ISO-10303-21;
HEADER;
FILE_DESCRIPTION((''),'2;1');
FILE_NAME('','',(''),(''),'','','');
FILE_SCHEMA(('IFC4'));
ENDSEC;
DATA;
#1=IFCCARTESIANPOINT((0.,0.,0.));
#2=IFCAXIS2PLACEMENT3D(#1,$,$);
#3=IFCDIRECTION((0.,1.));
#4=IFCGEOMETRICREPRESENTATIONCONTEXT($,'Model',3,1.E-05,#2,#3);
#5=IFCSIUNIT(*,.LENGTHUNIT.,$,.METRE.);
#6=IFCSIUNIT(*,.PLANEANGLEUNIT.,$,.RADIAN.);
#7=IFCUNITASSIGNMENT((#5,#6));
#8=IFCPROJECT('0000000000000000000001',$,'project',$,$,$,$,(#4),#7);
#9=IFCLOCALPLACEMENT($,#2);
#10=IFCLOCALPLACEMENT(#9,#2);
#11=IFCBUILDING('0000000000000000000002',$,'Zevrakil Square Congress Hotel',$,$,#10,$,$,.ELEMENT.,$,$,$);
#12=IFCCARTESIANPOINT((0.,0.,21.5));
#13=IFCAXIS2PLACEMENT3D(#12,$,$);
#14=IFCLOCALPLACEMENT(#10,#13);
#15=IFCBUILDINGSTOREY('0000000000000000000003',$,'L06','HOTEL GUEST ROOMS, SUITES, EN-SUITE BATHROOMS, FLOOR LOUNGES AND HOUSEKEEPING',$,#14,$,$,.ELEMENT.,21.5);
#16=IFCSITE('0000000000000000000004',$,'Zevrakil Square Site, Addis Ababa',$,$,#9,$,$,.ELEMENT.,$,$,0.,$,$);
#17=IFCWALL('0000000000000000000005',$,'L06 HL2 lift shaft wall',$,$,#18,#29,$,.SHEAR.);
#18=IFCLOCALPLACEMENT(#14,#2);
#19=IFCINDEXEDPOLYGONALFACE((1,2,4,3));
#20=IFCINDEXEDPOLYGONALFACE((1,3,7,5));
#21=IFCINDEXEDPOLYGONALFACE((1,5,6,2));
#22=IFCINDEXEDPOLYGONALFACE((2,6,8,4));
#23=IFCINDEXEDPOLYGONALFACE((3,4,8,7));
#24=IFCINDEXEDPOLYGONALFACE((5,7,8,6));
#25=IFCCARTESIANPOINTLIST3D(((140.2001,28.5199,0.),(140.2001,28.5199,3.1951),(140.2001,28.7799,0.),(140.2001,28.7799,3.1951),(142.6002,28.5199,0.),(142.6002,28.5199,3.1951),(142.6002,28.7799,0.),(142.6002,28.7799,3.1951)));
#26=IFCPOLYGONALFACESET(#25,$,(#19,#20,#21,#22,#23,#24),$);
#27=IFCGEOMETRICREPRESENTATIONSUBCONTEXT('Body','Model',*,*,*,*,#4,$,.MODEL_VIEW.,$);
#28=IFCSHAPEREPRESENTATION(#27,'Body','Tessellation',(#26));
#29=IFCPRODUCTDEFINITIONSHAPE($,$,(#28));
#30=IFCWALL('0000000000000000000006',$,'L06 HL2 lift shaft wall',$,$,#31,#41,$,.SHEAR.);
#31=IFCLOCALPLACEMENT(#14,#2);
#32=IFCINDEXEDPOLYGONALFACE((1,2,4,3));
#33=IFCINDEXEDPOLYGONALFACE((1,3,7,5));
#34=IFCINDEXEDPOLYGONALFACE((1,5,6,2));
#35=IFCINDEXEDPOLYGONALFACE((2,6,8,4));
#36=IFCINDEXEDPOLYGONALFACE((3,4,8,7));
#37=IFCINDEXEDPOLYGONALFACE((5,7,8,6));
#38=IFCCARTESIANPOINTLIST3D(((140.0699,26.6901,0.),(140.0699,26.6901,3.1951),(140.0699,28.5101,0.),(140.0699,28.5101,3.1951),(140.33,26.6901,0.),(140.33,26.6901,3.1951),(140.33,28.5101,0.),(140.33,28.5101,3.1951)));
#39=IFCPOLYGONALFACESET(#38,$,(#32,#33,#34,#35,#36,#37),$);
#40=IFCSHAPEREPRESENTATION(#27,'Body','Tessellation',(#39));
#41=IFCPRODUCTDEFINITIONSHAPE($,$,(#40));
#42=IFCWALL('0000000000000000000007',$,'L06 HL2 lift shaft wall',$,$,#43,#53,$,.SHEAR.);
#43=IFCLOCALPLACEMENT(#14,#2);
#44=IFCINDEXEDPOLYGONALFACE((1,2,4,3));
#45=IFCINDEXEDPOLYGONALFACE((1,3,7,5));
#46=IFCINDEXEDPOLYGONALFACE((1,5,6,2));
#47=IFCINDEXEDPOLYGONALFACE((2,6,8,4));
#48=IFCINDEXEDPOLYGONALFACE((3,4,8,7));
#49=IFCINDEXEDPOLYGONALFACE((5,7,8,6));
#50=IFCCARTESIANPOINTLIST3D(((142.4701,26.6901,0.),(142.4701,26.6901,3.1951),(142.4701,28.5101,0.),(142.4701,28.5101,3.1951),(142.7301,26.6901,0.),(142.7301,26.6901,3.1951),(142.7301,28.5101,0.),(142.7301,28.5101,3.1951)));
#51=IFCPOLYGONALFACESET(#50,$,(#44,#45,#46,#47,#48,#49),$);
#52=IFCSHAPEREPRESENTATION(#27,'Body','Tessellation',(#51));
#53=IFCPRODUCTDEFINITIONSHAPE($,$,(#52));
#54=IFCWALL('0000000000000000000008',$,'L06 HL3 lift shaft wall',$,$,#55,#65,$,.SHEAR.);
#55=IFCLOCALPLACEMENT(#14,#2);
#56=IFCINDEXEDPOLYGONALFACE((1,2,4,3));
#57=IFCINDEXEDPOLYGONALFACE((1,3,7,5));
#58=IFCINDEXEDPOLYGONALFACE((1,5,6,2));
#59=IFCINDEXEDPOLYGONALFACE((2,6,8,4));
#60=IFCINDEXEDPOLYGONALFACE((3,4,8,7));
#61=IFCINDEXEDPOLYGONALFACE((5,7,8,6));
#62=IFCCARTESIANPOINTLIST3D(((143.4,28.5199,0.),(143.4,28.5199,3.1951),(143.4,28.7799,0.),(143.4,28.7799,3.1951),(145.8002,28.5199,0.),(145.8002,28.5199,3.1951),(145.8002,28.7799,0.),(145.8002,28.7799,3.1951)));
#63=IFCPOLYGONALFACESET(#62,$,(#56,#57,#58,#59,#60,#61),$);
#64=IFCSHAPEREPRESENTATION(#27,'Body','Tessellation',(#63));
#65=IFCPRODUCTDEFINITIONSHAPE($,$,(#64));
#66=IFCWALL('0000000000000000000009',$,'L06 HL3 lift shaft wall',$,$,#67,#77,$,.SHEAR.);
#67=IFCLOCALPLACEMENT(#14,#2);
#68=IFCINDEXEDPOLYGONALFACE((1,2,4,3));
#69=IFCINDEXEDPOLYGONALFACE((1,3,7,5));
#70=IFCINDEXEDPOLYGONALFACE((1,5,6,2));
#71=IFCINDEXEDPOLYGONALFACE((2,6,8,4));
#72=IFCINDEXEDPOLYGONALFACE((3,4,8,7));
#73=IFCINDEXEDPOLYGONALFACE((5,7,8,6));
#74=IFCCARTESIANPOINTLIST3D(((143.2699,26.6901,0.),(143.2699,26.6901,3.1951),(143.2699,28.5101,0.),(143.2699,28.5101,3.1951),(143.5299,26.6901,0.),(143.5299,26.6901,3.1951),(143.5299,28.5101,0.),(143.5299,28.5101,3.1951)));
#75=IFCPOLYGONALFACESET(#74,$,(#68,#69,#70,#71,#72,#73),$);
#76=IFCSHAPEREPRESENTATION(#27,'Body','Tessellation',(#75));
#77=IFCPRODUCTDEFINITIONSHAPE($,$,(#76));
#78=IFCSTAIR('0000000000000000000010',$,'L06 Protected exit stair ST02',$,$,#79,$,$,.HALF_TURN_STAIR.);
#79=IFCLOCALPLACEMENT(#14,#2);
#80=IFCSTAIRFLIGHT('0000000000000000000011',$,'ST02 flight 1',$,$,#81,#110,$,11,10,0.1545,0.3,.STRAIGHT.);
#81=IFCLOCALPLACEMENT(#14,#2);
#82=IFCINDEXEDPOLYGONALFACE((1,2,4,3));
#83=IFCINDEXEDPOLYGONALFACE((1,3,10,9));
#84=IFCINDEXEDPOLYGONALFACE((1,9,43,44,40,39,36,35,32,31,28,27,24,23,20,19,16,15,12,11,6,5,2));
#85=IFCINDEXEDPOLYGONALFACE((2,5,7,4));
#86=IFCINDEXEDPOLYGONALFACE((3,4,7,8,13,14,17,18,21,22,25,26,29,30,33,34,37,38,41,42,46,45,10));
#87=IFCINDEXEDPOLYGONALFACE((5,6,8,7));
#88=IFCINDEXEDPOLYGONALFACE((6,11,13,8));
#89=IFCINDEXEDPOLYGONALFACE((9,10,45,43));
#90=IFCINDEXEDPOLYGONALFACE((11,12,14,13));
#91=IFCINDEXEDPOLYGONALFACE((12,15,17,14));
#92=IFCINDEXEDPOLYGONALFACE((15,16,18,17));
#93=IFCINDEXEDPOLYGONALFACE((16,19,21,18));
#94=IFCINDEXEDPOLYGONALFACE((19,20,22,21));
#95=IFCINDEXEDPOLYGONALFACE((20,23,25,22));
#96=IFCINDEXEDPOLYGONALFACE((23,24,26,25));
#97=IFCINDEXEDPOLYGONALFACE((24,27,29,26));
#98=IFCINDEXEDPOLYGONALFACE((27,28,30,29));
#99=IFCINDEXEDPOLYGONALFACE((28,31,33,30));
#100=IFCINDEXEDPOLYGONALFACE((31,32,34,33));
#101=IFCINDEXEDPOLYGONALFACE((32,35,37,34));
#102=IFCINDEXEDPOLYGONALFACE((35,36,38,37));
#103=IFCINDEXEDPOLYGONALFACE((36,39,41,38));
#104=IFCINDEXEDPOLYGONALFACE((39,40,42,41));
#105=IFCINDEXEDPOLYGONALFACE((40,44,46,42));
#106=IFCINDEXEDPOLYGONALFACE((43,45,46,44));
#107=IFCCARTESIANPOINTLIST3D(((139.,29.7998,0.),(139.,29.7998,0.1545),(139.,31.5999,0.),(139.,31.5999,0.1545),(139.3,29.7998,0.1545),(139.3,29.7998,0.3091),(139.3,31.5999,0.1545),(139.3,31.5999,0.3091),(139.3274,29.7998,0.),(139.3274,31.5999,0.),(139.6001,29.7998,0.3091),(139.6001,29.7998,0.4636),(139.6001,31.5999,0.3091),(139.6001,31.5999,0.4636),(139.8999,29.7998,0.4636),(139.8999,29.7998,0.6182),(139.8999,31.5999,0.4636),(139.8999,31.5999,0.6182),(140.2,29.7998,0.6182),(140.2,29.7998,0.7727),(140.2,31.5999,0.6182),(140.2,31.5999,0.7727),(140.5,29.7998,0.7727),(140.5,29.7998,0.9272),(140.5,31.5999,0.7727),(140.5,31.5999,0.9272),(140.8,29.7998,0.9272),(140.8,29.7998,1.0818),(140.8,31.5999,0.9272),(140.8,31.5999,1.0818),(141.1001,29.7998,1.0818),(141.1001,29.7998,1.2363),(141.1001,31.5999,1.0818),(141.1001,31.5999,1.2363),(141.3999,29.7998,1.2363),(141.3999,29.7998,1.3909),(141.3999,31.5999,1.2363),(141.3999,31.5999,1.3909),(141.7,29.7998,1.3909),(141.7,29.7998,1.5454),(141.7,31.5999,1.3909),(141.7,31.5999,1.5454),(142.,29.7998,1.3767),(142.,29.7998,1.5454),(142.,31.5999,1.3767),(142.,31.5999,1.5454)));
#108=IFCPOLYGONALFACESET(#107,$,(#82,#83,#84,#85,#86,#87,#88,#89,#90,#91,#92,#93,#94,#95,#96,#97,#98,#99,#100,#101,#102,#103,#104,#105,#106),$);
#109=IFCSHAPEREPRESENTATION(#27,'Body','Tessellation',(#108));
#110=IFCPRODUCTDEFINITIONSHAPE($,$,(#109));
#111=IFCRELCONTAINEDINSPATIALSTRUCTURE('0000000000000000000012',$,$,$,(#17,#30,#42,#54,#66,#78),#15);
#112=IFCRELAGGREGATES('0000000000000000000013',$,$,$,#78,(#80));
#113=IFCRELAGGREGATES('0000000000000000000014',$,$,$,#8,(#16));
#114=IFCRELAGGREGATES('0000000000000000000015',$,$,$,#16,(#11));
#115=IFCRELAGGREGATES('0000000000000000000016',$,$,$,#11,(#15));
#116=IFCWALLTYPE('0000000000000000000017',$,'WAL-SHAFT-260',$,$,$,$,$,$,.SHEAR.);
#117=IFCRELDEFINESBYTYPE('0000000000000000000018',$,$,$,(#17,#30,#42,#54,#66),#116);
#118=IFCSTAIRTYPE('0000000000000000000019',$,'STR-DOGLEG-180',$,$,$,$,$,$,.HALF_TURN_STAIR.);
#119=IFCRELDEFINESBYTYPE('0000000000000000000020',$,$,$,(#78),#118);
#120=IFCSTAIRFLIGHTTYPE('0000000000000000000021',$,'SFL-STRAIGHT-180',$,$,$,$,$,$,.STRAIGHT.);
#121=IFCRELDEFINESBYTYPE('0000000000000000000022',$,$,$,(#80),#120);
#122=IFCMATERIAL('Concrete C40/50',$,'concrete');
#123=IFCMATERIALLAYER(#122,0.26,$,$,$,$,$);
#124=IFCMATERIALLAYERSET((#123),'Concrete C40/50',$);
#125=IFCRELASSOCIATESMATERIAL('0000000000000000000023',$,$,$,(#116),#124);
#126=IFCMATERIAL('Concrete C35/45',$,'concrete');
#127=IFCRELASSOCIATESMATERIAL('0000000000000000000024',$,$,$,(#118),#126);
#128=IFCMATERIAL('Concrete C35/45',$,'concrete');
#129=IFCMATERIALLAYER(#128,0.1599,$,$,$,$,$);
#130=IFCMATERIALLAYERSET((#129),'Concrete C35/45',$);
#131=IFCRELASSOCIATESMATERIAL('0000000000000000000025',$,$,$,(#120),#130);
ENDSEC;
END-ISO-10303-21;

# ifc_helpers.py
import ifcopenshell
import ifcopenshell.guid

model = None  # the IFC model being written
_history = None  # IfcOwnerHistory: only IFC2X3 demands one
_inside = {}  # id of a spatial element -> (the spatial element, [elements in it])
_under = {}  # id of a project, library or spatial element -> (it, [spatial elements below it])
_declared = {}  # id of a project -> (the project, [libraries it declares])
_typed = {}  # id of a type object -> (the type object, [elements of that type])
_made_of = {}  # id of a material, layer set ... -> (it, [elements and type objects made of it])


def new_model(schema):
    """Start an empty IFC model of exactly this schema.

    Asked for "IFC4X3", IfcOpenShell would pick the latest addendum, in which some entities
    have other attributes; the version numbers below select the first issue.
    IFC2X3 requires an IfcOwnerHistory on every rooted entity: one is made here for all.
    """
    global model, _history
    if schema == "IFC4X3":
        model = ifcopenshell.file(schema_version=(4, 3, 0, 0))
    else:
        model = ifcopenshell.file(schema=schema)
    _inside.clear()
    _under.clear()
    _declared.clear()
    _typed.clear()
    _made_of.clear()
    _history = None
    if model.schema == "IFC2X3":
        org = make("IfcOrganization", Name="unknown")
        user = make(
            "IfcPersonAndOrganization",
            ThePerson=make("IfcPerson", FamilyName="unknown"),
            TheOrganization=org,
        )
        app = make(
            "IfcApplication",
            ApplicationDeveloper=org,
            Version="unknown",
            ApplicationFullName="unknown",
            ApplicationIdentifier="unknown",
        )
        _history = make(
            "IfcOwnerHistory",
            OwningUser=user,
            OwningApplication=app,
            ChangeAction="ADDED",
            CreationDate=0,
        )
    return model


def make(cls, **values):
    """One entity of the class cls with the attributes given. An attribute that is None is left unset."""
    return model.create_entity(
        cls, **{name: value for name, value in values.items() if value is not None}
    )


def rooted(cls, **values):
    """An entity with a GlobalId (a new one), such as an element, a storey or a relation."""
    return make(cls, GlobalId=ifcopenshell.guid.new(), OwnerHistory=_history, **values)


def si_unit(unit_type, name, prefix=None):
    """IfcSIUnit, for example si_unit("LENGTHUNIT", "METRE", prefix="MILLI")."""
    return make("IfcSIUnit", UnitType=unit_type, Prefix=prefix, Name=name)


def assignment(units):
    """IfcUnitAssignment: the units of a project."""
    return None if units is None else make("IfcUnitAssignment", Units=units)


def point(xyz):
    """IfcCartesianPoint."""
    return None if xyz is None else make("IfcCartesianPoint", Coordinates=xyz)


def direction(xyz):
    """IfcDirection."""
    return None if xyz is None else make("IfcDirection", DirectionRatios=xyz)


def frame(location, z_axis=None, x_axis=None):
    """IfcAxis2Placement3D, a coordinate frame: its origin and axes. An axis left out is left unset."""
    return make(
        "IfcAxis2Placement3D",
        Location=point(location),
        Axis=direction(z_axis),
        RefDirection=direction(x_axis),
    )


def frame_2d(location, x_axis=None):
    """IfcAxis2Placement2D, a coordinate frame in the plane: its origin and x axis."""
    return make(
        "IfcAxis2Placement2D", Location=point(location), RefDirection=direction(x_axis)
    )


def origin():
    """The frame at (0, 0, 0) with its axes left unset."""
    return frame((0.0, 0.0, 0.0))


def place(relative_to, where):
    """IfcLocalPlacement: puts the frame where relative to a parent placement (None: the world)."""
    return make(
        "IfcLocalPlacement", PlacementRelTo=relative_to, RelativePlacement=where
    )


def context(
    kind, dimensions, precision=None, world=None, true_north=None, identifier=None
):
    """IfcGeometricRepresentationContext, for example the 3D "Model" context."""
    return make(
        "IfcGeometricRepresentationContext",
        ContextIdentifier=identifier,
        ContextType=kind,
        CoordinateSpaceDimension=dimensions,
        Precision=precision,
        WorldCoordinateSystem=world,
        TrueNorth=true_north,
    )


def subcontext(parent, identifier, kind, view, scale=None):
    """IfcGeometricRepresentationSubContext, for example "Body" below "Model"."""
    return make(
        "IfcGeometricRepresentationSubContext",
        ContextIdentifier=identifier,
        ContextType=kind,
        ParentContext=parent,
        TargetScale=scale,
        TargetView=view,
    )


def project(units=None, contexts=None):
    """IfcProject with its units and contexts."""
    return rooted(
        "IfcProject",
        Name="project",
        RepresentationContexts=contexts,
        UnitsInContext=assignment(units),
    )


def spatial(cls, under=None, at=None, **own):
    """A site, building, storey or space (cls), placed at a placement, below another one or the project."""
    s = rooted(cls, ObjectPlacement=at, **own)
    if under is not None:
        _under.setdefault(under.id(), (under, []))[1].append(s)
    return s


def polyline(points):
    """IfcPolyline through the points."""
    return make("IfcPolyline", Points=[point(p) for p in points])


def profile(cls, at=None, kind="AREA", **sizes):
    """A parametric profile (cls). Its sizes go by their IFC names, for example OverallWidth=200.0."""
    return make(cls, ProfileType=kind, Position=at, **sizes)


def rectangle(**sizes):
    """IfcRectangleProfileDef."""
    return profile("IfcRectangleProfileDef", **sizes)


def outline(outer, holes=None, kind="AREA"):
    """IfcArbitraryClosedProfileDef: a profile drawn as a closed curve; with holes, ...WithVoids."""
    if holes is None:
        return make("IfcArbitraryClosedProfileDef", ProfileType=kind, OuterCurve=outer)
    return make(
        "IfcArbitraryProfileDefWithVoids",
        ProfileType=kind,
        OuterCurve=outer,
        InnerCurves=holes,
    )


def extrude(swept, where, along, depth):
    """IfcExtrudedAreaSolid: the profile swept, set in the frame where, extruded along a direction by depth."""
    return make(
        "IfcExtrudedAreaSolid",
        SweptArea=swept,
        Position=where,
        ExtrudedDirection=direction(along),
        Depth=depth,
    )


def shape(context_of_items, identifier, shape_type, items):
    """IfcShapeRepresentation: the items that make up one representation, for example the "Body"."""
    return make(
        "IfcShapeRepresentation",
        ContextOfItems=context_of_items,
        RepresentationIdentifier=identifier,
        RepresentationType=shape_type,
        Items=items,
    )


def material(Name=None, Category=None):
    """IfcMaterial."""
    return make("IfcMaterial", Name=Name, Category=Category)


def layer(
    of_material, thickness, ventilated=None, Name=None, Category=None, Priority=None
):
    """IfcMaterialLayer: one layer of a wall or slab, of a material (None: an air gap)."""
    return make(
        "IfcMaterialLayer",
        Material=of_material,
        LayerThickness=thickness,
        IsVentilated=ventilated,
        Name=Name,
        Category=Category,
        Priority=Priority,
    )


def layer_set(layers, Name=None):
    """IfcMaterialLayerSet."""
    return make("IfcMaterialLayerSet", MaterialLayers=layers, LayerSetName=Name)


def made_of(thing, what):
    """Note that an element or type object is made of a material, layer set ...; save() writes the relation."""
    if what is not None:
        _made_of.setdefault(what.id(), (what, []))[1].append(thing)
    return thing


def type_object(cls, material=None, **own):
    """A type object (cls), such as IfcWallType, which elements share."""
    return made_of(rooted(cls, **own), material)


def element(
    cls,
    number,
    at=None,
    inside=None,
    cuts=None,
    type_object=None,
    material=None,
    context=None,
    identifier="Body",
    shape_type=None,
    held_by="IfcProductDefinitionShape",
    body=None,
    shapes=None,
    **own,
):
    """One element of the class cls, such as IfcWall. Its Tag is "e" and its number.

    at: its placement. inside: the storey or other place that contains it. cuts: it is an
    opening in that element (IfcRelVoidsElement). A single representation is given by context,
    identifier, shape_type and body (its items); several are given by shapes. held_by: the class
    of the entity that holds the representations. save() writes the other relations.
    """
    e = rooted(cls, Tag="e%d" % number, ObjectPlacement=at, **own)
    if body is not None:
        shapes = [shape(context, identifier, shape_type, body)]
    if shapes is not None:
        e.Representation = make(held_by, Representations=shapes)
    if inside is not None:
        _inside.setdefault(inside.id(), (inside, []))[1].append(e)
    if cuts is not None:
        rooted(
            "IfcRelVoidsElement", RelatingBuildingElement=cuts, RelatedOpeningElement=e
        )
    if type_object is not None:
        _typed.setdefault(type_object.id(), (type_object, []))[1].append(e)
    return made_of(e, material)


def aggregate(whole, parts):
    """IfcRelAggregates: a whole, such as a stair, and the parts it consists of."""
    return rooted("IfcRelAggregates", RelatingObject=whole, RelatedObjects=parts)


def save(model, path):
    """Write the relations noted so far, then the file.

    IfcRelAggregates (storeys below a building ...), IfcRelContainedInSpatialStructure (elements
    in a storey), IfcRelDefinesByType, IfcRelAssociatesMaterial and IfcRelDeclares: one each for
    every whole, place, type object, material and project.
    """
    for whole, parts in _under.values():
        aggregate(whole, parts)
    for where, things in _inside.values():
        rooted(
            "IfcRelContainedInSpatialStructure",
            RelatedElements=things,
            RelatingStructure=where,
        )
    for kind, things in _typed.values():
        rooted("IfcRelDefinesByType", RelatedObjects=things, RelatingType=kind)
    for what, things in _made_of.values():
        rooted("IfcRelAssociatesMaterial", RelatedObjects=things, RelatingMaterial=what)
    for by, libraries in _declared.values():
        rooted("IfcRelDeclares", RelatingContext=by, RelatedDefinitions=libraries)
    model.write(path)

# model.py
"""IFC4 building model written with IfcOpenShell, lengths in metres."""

from ifc_helpers import new_model, si_unit, direction, frame, frame_2d, origin, place, context, subcontext, project, spatial, polyline, rectangle, outline, extrude, material, layer, layer_set, type_object, element, aggregate, save


model = new_model("IFC4")

# Units and contexts
model_context = context("Model", 3, precision=1e-05, world=origin(), true_north=direction((0.0, 1.0)))
body_context = subcontext(model_context, "Body", "Model", "MODEL_VIEW")
ifc_project = project(units=[si_unit("LENGTHUNIT", "METRE"), si_unit("PLANEANGLEUNIT", "RADIAN")], contexts=[model_context])

# Site, building, storey
site_placement = place(None, origin())
site = spatial("IfcSite", under=ifc_project, at=site_placement, Name="Zevrakil Square Site, Addis Ababa", CompositionType="ELEMENT", RefElevation=0.0)
building_placement = place(site_placement, origin())
building = spatial("IfcBuilding", under=site, at=building_placement, Name="Zevrakil Square Congress Hotel", CompositionType="ELEMENT")
storey_placement = place(building_placement, frame((0.0, 0.0, 21.5)))
storey = spatial("IfcBuildingStorey", under=building, at=storey_placement, Name="L06", Description="HOTEL GUEST ROOMS, SUITES, EN-SUITE BATHROOMS, FLOOR LOUNGES AND HOUSEKEEPING", CompositionType="ELEMENT", Elevation=21.5)

# Shared definitions
ifc_material_1 = material(Name="Concrete C40/50", Category="concrete")
ifc_layer_1 = layer(ifc_material_1, 0.26)
ifc_layer_set_1 = layer_set([ifc_layer_1], Name="Concrete C40/50")
wall_type_1 = type_object("IfcWallType", Name="WAL-SHAFT-260", PredefinedType="SHEAR", material=ifc_layer_set_1)

# Walls
wall_1_placement = place(storey_placement, frame((140.2, 28.6499, 0.0), z_axis=(0.0, 0.0, 1.0), x_axis=(1.0, 0.0, 0.0)))
element("IfcWall", 1, at=wall_1_placement, inside=storey, type_object=wall_type_1, Name="L06 HL2 lift shaft wall", PredefinedType="SHEAR", context=body_context, shape_type="SweptSolid", body=[
    extrude(rectangle(XDim=2.4001, YDim=0.26, at=frame_2d((1.2002, 0.0))), origin(), (0.0, 0.0, 1.0), 3.1951),
])
for number, where, z_axis, x_axis, name in (
    (2, (140.2, 26.6899, 0.0), (0.0, 0.0, 1.0), (0.0, 1.0, 0.0), "L06 HL2 lift shaft wall"),
    (3, (142.6001, 26.6899, 0.0), (0.0, 0.0, 1.0), (0.0, 1.0, 0.0), "L06 HL2 lift shaft wall"),
):
    element("IfcWall", number, at=place(storey_placement, frame(where, z_axis=z_axis, x_axis=x_axis)), inside=storey, type_object=wall_type_1, Name=name, PredefinedType="SHEAR", context=body_context, shape_type="SweptSolid", body=[
        extrude(rectangle(XDim=1.8201, YDim=0.26, at=frame_2d((0.9102, 0.0))), origin(), (0.0, 0.0, 1.0), 3.1951),
    ])
wall_2_placement = place(storey_placement, frame((143.3999, 28.6499, 0.0), z_axis=(0.0, 0.0, 1.0), x_axis=(1.0, 0.0, 0.0)))
element("IfcWall", 4, at=wall_2_placement, inside=storey, type_object=wall_type_1, Name="L06 HL3 lift shaft wall", PredefinedType="SHEAR", context=body_context, shape_type="SweptSolid", body=[
    extrude(rectangle(XDim=2.4001, YDim=0.26, at=frame_2d((1.2002, 0.0))), origin(), (0.0, 0.0, 1.0), 3.1951),
])
wall_3_placement = place(storey_placement, frame((143.3999, 26.6899, 0.0), z_axis=(0.0, 0.0, 1.0), x_axis=(0.0, 1.0, 0.0)))
element("IfcWall", 5, at=wall_3_placement, inside=storey, type_object=wall_type_1, Name="L06 HL3 lift shaft wall", PredefinedType="SHEAR", context=body_context, shape_type="SweptSolid", body=[
    extrude(rectangle(XDim=1.8201, YDim=0.26, at=frame_2d((0.9102, 0.0))), origin(), (0.0, 0.0, 1.0), 3.1951),
])

# Stair, stair flight
ifc_material_2 = material(Name="Concrete C35/45", Category="concrete")
stair_type = type_object("IfcStairType", Name="STR-DOGLEG-180", PredefinedType="HALF_TURN_STAIR", material=ifc_material_2)
stair_placement = place(storey_placement, origin())
stair = element("IfcStair", 6, at=stair_placement, inside=storey, type_object=stair_type, Name="L06 Protected exit stair ST02", PredefinedType="HALF_TURN_STAIR")
ifc_material_3 = material(Name="Concrete C35/45", Category="concrete")
ifc_layer_2 = layer(ifc_material_3, 0.1599)
ifc_layer_set_2 = layer_set([ifc_layer_2], Name="Concrete C35/45")
stair_flight_type = type_object("IfcStairFlightType", Name="SFL-STRAIGHT-180", PredefinedType="STRAIGHT", material=ifc_layer_set_2)
stair_flight_placement = place(storey_placement, frame((139.0, 30.7, 0.0), z_axis=(0.0, 0.0, 1.0), x_axis=(1.0, 0.0, 0.0)))
stair_flight = element("IfcStairFlight", 7, at=stair_flight_placement, type_object=stair_flight_type, Name="ST02 flight 1", NumberOfRisers=11, NumberOfTreads=10, PredefinedType="STRAIGHT", RiserHeight=0.1545, TreadLength=0.3, context=body_context, shape_type="SweptSolid", body=[
    extrude(outline(polyline([(0.0, 0.0), (0.0, 0.1545), (0.3, 0.1545), (0.3, 0.3091), (0.6001, 0.3091), (0.6001, 0.4636), (0.8999, 0.4636), (0.8999, 0.6182), (1.2, 0.6182), (1.2, 0.7727), (1.5, 0.7727), (1.5, 0.9272), (1.8, 0.9272), (1.8, 1.0818), (2.1001, 1.0818), (2.1001, 1.2363), (2.3999, 1.2363), (2.3999, 1.3909), (2.7, 1.3909), (2.7, 1.5454), (3.0, 1.5454), (3.0, 1.7), (3.0, 1.3767), (0.3274, 0.0), (0.0, 0.0)])), frame((0.0, 0.8999, 0.0), z_axis=(0.0, -1.0, 0.0), x_axis=(1.0, 0.0, 0.0)), (0.0, 0.0, 1.0), 1.8),
])
aggregate(stair, [stair_flight])

save(model, "model.ifc")
